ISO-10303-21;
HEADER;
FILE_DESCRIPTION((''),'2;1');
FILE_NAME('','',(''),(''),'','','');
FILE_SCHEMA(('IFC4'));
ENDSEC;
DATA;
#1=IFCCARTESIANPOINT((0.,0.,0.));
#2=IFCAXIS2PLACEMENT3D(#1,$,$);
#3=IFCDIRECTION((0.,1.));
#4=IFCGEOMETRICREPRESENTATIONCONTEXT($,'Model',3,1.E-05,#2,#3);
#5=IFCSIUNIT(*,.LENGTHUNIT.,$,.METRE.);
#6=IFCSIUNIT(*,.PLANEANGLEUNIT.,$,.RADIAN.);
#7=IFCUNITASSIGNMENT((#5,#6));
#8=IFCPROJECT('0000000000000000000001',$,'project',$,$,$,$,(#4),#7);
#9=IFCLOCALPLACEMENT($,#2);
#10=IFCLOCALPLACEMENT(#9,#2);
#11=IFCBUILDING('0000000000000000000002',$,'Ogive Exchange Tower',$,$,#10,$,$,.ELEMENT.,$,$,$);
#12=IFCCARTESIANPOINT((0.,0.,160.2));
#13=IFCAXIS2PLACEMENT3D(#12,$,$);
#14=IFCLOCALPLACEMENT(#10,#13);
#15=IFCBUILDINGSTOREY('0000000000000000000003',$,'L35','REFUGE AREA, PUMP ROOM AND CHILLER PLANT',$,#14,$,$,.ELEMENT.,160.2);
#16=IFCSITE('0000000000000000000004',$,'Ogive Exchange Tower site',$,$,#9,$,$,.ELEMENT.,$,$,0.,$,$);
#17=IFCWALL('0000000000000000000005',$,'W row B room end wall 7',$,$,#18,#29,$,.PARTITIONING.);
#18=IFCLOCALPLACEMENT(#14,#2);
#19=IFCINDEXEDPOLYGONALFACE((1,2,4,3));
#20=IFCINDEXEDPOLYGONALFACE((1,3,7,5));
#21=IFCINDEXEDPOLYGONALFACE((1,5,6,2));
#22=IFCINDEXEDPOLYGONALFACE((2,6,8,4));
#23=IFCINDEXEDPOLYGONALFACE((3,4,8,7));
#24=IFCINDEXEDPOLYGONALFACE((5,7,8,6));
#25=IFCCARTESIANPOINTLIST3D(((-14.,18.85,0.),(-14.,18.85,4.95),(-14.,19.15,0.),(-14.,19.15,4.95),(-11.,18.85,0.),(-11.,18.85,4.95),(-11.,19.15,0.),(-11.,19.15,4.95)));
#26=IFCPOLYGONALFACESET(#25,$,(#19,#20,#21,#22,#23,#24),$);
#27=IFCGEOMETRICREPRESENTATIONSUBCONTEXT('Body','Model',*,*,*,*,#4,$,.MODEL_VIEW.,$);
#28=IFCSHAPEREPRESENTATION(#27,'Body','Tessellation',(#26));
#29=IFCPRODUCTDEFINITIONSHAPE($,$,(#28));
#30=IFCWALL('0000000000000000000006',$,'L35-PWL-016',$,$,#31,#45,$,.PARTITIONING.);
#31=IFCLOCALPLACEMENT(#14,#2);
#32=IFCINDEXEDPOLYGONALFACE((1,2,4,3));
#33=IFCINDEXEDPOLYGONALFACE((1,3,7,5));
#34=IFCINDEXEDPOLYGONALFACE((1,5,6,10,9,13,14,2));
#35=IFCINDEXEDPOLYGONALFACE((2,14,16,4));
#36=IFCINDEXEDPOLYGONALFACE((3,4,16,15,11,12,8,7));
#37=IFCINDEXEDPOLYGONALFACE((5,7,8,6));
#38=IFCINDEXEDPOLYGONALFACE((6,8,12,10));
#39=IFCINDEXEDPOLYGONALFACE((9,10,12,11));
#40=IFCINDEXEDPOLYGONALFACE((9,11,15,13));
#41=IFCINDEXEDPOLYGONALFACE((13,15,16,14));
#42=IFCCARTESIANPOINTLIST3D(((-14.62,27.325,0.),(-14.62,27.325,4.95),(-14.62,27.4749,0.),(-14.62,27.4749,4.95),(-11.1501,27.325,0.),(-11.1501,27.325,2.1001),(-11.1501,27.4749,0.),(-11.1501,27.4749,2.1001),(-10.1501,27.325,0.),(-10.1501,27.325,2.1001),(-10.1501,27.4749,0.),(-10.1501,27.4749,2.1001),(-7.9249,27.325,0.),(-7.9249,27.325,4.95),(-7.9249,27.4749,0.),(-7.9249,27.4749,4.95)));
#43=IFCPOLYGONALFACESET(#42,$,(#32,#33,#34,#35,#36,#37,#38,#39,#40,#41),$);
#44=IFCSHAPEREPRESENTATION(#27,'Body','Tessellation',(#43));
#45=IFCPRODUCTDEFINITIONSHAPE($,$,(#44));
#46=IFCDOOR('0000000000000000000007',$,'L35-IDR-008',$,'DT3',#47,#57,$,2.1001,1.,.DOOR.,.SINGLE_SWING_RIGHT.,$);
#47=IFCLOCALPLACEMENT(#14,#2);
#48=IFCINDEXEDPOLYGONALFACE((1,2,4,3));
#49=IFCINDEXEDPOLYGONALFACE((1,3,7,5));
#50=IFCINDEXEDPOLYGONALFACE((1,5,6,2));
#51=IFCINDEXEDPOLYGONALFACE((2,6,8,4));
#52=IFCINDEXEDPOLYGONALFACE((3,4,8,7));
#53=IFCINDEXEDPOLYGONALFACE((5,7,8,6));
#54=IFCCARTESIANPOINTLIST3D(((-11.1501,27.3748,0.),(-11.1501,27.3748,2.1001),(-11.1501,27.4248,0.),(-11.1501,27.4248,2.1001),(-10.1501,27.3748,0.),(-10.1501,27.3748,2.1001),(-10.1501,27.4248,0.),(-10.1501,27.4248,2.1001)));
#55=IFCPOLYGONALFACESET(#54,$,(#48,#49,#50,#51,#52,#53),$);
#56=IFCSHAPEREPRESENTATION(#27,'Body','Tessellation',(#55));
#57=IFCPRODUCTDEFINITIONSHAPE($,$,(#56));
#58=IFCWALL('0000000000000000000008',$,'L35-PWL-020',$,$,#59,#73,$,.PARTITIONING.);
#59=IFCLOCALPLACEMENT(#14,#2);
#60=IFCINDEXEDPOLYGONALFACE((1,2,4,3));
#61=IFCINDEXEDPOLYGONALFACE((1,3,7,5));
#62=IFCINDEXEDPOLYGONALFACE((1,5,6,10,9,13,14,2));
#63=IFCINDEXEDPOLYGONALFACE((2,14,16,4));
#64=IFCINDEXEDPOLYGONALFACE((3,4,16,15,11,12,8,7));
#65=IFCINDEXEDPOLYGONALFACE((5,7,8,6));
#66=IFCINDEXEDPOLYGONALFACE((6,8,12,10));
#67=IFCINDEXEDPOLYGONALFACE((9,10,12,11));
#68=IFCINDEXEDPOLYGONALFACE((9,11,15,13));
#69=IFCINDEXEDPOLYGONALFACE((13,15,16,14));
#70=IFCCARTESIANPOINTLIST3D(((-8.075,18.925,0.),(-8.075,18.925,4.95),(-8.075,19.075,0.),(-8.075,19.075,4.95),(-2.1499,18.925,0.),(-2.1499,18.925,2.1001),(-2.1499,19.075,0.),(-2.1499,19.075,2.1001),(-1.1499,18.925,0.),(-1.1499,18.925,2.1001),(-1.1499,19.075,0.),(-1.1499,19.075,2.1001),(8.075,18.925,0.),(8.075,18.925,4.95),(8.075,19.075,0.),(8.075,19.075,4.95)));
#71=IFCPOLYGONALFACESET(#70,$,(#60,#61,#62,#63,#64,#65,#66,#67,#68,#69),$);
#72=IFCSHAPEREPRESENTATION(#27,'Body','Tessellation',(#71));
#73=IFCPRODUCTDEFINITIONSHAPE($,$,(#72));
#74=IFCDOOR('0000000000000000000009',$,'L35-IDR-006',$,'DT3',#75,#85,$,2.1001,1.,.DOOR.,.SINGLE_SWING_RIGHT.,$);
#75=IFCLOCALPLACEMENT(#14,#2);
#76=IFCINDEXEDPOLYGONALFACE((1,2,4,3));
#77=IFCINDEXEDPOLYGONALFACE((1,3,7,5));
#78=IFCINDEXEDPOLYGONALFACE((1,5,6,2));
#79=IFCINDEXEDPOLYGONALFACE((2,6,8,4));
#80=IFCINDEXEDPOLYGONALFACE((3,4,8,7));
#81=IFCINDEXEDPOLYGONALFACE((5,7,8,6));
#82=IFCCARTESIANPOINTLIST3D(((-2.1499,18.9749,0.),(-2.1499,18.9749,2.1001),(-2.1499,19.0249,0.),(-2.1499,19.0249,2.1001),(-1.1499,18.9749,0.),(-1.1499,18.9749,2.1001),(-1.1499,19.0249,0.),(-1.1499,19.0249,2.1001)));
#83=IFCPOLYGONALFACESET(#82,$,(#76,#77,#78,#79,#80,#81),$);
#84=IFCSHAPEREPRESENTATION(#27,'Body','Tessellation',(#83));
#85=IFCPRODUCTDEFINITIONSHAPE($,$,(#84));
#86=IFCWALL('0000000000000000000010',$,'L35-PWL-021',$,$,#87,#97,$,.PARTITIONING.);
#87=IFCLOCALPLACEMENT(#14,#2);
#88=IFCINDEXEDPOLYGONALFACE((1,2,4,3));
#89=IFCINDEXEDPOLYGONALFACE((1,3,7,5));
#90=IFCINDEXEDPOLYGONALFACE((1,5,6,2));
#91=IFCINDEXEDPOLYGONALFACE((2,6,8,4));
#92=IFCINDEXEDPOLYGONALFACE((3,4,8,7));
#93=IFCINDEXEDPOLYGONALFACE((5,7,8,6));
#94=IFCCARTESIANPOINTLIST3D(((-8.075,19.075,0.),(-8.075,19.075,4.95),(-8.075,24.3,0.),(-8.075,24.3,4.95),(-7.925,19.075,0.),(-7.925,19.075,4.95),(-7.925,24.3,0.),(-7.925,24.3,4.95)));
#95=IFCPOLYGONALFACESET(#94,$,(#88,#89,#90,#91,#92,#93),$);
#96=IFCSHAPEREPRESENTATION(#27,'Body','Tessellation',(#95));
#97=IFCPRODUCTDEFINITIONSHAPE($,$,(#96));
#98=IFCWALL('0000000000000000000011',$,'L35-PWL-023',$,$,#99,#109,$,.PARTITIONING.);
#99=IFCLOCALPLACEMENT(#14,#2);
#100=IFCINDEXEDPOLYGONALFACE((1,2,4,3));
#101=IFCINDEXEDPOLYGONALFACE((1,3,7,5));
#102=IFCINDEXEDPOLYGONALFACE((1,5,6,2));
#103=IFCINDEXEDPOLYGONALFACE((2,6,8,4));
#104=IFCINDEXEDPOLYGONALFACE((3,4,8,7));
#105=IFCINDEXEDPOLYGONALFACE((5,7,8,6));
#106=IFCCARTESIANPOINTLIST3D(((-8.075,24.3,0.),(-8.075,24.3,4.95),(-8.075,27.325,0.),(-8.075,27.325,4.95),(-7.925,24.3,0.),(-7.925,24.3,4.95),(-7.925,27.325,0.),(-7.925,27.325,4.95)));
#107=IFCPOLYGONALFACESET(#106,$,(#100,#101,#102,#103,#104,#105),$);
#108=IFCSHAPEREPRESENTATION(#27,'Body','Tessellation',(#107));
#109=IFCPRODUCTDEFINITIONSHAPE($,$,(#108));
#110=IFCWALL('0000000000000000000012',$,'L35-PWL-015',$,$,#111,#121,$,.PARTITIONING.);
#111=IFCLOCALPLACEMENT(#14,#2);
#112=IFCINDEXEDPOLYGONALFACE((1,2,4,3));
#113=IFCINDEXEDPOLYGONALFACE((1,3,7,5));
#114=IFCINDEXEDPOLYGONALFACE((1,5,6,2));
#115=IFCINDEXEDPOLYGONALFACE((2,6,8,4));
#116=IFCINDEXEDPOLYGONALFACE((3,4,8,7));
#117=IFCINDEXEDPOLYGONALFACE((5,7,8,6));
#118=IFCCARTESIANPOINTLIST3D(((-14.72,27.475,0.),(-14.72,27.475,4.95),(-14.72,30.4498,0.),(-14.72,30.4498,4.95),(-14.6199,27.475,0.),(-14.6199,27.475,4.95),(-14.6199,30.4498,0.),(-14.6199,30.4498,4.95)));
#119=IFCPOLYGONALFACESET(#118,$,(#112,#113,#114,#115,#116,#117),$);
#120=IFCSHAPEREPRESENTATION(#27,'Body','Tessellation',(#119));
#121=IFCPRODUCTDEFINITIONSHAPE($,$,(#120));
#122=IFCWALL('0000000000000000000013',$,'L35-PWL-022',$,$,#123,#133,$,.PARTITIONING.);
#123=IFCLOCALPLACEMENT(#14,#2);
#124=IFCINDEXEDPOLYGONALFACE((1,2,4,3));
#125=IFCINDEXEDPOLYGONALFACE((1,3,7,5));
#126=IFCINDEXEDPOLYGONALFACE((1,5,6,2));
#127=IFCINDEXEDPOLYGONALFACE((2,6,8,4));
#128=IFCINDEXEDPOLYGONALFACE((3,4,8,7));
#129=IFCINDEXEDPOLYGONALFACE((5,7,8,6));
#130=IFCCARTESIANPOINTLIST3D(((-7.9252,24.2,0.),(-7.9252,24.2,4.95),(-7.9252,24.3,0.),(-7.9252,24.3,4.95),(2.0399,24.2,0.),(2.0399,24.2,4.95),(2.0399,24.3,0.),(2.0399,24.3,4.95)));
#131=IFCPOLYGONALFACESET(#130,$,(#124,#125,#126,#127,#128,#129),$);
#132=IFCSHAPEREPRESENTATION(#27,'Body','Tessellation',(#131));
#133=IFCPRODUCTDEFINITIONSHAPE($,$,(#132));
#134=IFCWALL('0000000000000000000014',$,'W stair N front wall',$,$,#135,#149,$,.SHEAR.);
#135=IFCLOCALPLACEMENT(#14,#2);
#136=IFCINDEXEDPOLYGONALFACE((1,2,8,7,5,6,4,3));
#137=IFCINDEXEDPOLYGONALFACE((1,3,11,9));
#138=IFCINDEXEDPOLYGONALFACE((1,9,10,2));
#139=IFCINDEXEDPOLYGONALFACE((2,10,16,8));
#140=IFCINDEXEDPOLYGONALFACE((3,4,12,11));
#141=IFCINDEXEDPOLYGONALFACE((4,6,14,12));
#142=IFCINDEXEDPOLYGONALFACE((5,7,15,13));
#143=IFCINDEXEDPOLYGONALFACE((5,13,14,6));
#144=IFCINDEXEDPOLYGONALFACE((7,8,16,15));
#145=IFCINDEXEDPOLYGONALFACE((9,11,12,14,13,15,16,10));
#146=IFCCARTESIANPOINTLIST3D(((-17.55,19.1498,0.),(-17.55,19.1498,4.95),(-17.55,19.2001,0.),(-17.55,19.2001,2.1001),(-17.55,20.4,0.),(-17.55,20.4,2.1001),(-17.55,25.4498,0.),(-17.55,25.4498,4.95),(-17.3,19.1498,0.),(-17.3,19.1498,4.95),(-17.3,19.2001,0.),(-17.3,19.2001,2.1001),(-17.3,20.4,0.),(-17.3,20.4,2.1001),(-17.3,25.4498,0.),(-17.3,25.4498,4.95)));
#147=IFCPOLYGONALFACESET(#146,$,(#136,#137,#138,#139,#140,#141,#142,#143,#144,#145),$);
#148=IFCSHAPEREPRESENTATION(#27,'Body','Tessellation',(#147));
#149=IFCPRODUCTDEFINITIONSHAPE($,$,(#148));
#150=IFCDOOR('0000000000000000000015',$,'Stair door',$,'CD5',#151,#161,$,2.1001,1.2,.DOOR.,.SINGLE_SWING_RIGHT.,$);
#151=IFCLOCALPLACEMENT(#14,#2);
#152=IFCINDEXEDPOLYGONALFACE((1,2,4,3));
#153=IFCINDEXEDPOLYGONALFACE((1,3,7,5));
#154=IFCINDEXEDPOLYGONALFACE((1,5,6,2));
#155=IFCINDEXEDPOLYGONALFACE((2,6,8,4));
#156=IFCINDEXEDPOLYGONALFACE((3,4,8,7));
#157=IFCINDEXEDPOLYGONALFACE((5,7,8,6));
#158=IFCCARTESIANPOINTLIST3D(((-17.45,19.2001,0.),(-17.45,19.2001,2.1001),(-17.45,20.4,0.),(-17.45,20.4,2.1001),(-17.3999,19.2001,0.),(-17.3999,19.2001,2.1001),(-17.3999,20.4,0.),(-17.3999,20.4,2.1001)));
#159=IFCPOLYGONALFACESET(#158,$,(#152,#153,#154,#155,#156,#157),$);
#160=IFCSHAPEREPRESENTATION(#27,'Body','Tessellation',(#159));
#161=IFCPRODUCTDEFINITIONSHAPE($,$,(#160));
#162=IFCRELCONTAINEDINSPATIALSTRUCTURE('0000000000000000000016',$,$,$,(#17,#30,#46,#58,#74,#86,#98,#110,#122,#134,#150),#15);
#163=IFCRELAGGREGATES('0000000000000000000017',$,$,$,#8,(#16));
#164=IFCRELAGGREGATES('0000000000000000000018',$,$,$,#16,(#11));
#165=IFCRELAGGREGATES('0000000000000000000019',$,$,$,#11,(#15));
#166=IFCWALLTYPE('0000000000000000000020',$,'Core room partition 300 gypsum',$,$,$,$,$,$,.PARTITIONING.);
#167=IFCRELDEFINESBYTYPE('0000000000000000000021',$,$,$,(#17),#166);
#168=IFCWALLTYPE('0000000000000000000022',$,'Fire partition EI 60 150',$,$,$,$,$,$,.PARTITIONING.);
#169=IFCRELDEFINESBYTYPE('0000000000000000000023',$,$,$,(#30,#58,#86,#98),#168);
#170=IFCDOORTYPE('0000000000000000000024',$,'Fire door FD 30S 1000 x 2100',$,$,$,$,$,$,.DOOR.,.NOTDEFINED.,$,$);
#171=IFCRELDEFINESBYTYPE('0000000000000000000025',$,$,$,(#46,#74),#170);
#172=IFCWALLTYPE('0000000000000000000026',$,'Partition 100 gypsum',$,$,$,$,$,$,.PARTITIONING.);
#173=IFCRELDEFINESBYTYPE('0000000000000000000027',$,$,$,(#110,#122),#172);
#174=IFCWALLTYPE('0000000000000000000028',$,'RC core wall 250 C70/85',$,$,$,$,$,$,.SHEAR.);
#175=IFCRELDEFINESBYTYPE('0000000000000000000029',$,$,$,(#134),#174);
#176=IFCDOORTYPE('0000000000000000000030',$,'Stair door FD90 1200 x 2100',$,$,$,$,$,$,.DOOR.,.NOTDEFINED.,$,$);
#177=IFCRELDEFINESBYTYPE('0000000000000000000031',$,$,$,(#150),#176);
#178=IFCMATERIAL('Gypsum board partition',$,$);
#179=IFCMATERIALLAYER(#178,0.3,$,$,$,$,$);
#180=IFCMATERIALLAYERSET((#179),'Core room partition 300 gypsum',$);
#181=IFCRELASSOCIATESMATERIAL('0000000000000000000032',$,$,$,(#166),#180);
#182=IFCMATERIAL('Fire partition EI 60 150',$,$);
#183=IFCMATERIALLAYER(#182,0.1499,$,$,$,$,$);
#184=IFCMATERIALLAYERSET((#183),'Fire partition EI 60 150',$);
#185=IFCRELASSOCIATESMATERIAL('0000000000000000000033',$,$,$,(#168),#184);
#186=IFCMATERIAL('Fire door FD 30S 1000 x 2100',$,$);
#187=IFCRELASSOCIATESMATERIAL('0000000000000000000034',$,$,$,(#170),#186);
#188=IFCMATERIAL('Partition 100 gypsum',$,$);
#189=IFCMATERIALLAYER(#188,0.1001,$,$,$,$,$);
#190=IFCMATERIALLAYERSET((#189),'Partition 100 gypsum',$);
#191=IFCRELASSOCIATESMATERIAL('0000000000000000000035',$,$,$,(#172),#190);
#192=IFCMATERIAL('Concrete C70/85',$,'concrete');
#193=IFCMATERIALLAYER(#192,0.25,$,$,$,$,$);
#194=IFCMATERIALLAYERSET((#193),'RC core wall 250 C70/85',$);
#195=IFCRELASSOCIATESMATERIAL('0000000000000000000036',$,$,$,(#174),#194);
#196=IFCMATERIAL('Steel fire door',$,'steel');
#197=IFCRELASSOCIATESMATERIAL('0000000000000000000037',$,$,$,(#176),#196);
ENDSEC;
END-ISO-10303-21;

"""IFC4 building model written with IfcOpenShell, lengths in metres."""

from ifc_helpers import new_model, si_unit, direction, frame, frame_2d, origin, place, context, subcontext, project, spatial, rectangle, extrude, material, layer, layer_set, type_object, element, fill, save


model = new_model("IFC4")

# Units and contexts
model_context = context("Model", 3, precision=1e-05, world=origin(), true_north=direction((0.0, 1.0)))
body_context = subcontext(model_context, "Body", "Model", "MODEL_VIEW")
ifc_project = project(units=[si_unit("LENGTHUNIT", "METRE"), si_unit("PLANEANGLEUNIT", "RADIAN")], contexts=[model_context])

# Site, building, storey
site_placement = place(None, origin())
site = spatial("IfcSite", under=ifc_project, at=site_placement, Name="Ogive Exchange Tower site", CompositionType="ELEMENT", RefElevation=0.0)
building_placement = place(site_placement, origin())
building = spatial("IfcBuilding", under=site, at=building_placement, Name="Ogive Exchange Tower", CompositionType="ELEMENT")
storey_placement = place(building_placement, frame((0.0, 0.0, 160.2)))
storey = spatial("IfcBuildingStorey", under=building, at=storey_placement, Name="L35", Description="REFUGE AREA, PUMP ROOM AND CHILLER PLANT", CompositionType="ELEMENT", Elevation=160.2)

# Wall
ifc_material_1 = material(Name="Gypsum board partition")
ifc_layer_1 = layer(ifc_material_1, 0.3)
ifc_layer_set_1 = layer_set([ifc_layer_1], Name="Core room partition 300 gypsum")
wall_type_1 = type_object("IfcWallType", Name="Core room partition 300 gypsum", PredefinedType="PARTITIONING", material=ifc_layer_set_1)
wall_1_placement = place(storey_placement, frame((-14.0, 19.0, 0.0), z_axis=(0.0, 0.0, 1.0), x_axis=(1.0, 0.0, 0.0)))
element("IfcWall", 1, at=wall_1_placement, inside=storey, type_object=wall_type_1, Name="W row B room end wall 7", PredefinedType="PARTITIONING", context=body_context, shape_type="SweptSolid", body=[
    extrude(rectangle(XDim=3.0, YDim=0.3, at=frame_2d((1.5, 0.0))), origin(), (0.0, 0.0, 1.0), 4.95),
])

# Walls, openings, doors
ifc_material_2 = material(Name="Fire partition EI 60 150")
ifc_layer_2 = layer(ifc_material_2, 0.1499)
ifc_layer_set_2 = layer_set([ifc_layer_2], Name="Fire partition EI 60 150")
wall_type_2 = type_object("IfcWallType", Name="Fire partition EI 60 150", PredefinedType="PARTITIONING", material=ifc_layer_set_2)
wall_2_placement = place(storey_placement, frame((-14.6201, 27.3999, 0.0), z_axis=(0.0, 0.0, 1.0), x_axis=(1.0, 0.0, 0.0)))
wall_2 = element("IfcWall", 2, at=wall_2_placement, inside=storey, type_object=wall_type_2, Name="L35-PWL-016", PredefinedType="PARTITIONING", context=body_context, shape_type="SweptSolid", body=[
    extrude(rectangle(XDim=6.6951, YDim=0.1499, at=frame_2d((3.3477, 0.0))), origin(), (0.0, 0.0, 1.0), 4.95),
])
opening_1_placement = place(wall_2_placement, frame((3.47, 0.0, 0.0)))
opening_1 = element("IfcOpeningElement", 3, at=opening_1_placement, cuts=wall_2, PredefinedType="OPENING", context=body_context, shape_type="SweptSolid", body=[
    extrude(rectangle(XDim=1.0, YDim=2.1001, at=frame_2d((0.5, 1.05))), frame((0.0, 0.085, 0.0), z_axis=(0.0, -1.0, 0.0), x_axis=(1.0, 0.0, 0.0)), (0.0, 0.0, 1.0), 0.1699),
])
ifc_material_3 = material(Name="Fire door FD 30S 1000 x 2100")
door_type_1 = type_object("IfcDoorType", Name="Fire door FD 30S 1000 x 2100", OperationType="NOTDEFINED", PredefinedType="DOOR", material=ifc_material_3)
door_1_placement = place(opening_1_placement, origin())
door_1 = element("IfcDoor", 4, at=door_1_placement, inside=storey, type_object=door_type_1, Name="L35-IDR-008", ObjectType="DT3", OperationType="SINGLE_SWING_RIGHT", OverallHeight=2.1001, OverallWidth=1.0, PredefinedType="DOOR", context=body_context, shape_type="SweptSolid", body=[
    extrude(rectangle(XDim=1.0, YDim=2.1001, at=frame_2d((0.5, 1.05))), frame((0.0, 0.0249, 0.0), z_axis=(0.0, -1.0, 0.0), x_axis=(1.0, 0.0, 0.0)), (0.0, 0.0, 1.0), 0.05),
])
fill(opening_1, door_1)
wall_3_placement = place(storey_placement, frame((-8.075, 19.0, 0.0), z_axis=(0.0, 0.0, 1.0), x_axis=(1.0, 0.0, 0.0)))
wall_3 = element("IfcWall", 5, at=wall_3_placement, inside=storey, type_object=wall_type_2, Name="L35-PWL-020", PredefinedType="PARTITIONING", context=body_context, shape_type="SweptSolid", body=[
    extrude(rectangle(XDim=16.1499, YDim=0.1499, at=frame_2d((8.075, 0.0))), origin(), (0.0, 0.0, 1.0), 4.95),
])
opening_2_placement = place(wall_3_placement, frame((5.925, 0.0, 0.0)))
opening_2 = element("IfcOpeningElement", 6, at=opening_2_placement, cuts=wall_3, PredefinedType="OPENING", context=body_context, shape_type="SweptSolid", body=[
    extrude(rectangle(XDim=1.0, YDim=2.1001, at=frame_2d((0.5, 1.05))), frame((0.0, 0.085, 0.0), z_axis=(0.0, -1.0, 0.0), x_axis=(1.0, 0.0, 0.0)), (0.0, 0.0, 1.0), 0.1699),
])
door_2_placement = place(opening_2_placement, origin())
door_2 = element("IfcDoor", 7, at=door_2_placement, inside=storey, type_object=door_type_1, Name="L35-IDR-006", ObjectType="DT3", OperationType="SINGLE_SWING_RIGHT", OverallHeight=2.1001, OverallWidth=1.0, PredefinedType="DOOR", context=body_context, shape_type="SweptSolid", body=[
    extrude(rectangle(XDim=1.0, YDim=2.1001, at=frame_2d((0.5, 1.05))), frame((0.0, 0.0249, 0.0), z_axis=(0.0, -1.0, 0.0), x_axis=(1.0, 0.0, 0.0)), (0.0, 0.0, 1.0), 0.05),
])
fill(opening_2, door_2)

# Walls
wall_4_placement = place(storey_placement, frame((-8.0, 24.3, 0.0), z_axis=(0.0, 0.0, 1.0), x_axis=(0.0, -1.0, 0.0)))
element("IfcWall", 8, at=wall_4_placement, inside=storey, type_object=wall_type_2, Name="L35-PWL-021", PredefinedType="PARTITIONING", context=body_context, shape_type="SweptSolid", body=[
    extrude(rectangle(XDim=5.2251, YDim=0.1499, at=frame_2d((2.6125, 0.0))), origin(), (0.0, 0.0, 1.0), 4.95),
])
wall_5_placement = place(storey_placement, frame((-8.0, 27.325, 0.0), z_axis=(0.0, 0.0, 1.0), x_axis=(0.0, -1.0, 0.0)))
element("IfcWall", 9, at=wall_5_placement, inside=storey, type_object=wall_type_2, Name="L35-PWL-023", PredefinedType="PARTITIONING", context=body_context, shape_type="SweptSolid", body=[
    extrude(rectangle(XDim=3.0249, YDim=0.1499, at=frame_2d((1.5125, 0.0))), origin(), (0.0, 0.0, 1.0), 4.95),
])
ifc_material_4 = material(Name="Partition 100 gypsum")
ifc_layer_3 = layer(ifc_material_4, 0.1001)
ifc_layer_set_3 = layer_set([ifc_layer_3], Name="Partition 100 gypsum")
wall_type_3 = type_object("IfcWallType", Name="Partition 100 gypsum", PredefinedType="PARTITIONING", material=ifc_layer_set_3)
wall_6_placement = place(storey_placement, frame((-14.6699, 27.4751, 0.0), z_axis=(0.0, 0.0, 1.0), x_axis=(0.0, 1.0, 0.0)))
element("IfcWall", 10, at=wall_6_placement, inside=storey, type_object=wall_type_3, Name="L35-PWL-015", PredefinedType="PARTITIONING", context=body_context, shape_type="SweptSolid", body=[
    extrude(rectangle(XDim=2.9749, YDim=0.1001, at=frame_2d((1.4873, 0.0))), origin(), (0.0, 0.0, 1.0), 4.95),
])
wall_7_placement = place(storey_placement, frame((-7.925, 24.25, 0.0), z_axis=(0.0, 0.0, 1.0), x_axis=(1.0, 0.0, 0.0)))
element("IfcWall", 11, at=wall_7_placement, inside=storey, type_object=wall_type_3, Name="L35-PWL-022", PredefinedType="PARTITIONING", context=body_context, shape_type="SweptSolid", body=[
    extrude(rectangle(XDim=9.9651, YDim=0.1001, at=frame_2d((4.9824, 0.0))), origin(), (0.0, 0.0, 1.0), 4.95),
])

# Wall, opening, door
ifc_material_5 = material(Name="Concrete C70/85", Category="concrete")
ifc_layer_4 = layer(ifc_material_5, 0.25)
ifc_layer_set_4 = layer_set([ifc_layer_4], Name="RC core wall 250 C70/85")
wall_type_4 = type_object("IfcWallType", Name="RC core wall 250 C70/85", PredefinedType="SHEAR", material=ifc_layer_set_4)
wall_8_placement = place(storey_placement, frame((-17.425, 19.1499, 0.0), z_axis=(0.0, 0.0, 1.0), x_axis=(0.0, 1.0, 0.0)))
wall_8 = element("IfcWall", 12, at=wall_8_placement, inside=storey, type_object=wall_type_4, Name="W stair N front wall", PredefinedType="SHEAR", context=body_context, shape_type="SweptSolid", body=[
    extrude(rectangle(XDim=6.3, YDim=0.25, at=frame_2d((3.1499, 0.0))), origin(), (0.0, 0.0, 1.0), 4.95),
])
opening_3_placement = place(wall_8_placement, frame((0.05, 0.0, 0.0)))
opening_3 = element("IfcOpeningElement", 13, at=opening_3_placement, cuts=wall_8, PredefinedType="OPENING", context=body_context, shape_type="SweptSolid", body=[
    extrude(rectangle(XDim=1.2, YDim=2.1001, at=frame_2d((0.6001, 1.05))), frame((0.0, 0.135, 0.0), z_axis=(0.0, -1.0, 0.0), x_axis=(1.0, 0.0, 0.0)), (0.0, 0.0, 1.0), 0.27),
])
ifc_material_6 = material(Name="Steel fire door", Category="steel")
door_type_2 = type_object("IfcDoorType", Name="Stair door FD90 1200 x 2100", OperationType="NOTDEFINED", PredefinedType="DOOR", material=ifc_material_6)
door_3_placement = place(opening_3_placement, origin())
door_3 = element("IfcDoor", 14, at=door_3_placement, inside=storey, type_object=door_type_2, Name="Stair door", ObjectType="CD5", OperationType="SINGLE_SWING_RIGHT", OverallHeight=2.1001, OverallWidth=1.2, PredefinedType="DOOR", context=body_context, shape_type="SweptSolid", body=[
    extrude(rectangle(XDim=1.2, YDim=2.1001, at=frame_2d((0.6001, 1.05))), frame((0.0, 0.0249, 0.0), z_axis=(0.0, -1.0, 0.0), x_axis=(1.0, 0.0, 0.0)), (0.0, 0.0, 1.0), 0.05),
])
fill(opening_3, door_3)

save(model, "model.ifc")
